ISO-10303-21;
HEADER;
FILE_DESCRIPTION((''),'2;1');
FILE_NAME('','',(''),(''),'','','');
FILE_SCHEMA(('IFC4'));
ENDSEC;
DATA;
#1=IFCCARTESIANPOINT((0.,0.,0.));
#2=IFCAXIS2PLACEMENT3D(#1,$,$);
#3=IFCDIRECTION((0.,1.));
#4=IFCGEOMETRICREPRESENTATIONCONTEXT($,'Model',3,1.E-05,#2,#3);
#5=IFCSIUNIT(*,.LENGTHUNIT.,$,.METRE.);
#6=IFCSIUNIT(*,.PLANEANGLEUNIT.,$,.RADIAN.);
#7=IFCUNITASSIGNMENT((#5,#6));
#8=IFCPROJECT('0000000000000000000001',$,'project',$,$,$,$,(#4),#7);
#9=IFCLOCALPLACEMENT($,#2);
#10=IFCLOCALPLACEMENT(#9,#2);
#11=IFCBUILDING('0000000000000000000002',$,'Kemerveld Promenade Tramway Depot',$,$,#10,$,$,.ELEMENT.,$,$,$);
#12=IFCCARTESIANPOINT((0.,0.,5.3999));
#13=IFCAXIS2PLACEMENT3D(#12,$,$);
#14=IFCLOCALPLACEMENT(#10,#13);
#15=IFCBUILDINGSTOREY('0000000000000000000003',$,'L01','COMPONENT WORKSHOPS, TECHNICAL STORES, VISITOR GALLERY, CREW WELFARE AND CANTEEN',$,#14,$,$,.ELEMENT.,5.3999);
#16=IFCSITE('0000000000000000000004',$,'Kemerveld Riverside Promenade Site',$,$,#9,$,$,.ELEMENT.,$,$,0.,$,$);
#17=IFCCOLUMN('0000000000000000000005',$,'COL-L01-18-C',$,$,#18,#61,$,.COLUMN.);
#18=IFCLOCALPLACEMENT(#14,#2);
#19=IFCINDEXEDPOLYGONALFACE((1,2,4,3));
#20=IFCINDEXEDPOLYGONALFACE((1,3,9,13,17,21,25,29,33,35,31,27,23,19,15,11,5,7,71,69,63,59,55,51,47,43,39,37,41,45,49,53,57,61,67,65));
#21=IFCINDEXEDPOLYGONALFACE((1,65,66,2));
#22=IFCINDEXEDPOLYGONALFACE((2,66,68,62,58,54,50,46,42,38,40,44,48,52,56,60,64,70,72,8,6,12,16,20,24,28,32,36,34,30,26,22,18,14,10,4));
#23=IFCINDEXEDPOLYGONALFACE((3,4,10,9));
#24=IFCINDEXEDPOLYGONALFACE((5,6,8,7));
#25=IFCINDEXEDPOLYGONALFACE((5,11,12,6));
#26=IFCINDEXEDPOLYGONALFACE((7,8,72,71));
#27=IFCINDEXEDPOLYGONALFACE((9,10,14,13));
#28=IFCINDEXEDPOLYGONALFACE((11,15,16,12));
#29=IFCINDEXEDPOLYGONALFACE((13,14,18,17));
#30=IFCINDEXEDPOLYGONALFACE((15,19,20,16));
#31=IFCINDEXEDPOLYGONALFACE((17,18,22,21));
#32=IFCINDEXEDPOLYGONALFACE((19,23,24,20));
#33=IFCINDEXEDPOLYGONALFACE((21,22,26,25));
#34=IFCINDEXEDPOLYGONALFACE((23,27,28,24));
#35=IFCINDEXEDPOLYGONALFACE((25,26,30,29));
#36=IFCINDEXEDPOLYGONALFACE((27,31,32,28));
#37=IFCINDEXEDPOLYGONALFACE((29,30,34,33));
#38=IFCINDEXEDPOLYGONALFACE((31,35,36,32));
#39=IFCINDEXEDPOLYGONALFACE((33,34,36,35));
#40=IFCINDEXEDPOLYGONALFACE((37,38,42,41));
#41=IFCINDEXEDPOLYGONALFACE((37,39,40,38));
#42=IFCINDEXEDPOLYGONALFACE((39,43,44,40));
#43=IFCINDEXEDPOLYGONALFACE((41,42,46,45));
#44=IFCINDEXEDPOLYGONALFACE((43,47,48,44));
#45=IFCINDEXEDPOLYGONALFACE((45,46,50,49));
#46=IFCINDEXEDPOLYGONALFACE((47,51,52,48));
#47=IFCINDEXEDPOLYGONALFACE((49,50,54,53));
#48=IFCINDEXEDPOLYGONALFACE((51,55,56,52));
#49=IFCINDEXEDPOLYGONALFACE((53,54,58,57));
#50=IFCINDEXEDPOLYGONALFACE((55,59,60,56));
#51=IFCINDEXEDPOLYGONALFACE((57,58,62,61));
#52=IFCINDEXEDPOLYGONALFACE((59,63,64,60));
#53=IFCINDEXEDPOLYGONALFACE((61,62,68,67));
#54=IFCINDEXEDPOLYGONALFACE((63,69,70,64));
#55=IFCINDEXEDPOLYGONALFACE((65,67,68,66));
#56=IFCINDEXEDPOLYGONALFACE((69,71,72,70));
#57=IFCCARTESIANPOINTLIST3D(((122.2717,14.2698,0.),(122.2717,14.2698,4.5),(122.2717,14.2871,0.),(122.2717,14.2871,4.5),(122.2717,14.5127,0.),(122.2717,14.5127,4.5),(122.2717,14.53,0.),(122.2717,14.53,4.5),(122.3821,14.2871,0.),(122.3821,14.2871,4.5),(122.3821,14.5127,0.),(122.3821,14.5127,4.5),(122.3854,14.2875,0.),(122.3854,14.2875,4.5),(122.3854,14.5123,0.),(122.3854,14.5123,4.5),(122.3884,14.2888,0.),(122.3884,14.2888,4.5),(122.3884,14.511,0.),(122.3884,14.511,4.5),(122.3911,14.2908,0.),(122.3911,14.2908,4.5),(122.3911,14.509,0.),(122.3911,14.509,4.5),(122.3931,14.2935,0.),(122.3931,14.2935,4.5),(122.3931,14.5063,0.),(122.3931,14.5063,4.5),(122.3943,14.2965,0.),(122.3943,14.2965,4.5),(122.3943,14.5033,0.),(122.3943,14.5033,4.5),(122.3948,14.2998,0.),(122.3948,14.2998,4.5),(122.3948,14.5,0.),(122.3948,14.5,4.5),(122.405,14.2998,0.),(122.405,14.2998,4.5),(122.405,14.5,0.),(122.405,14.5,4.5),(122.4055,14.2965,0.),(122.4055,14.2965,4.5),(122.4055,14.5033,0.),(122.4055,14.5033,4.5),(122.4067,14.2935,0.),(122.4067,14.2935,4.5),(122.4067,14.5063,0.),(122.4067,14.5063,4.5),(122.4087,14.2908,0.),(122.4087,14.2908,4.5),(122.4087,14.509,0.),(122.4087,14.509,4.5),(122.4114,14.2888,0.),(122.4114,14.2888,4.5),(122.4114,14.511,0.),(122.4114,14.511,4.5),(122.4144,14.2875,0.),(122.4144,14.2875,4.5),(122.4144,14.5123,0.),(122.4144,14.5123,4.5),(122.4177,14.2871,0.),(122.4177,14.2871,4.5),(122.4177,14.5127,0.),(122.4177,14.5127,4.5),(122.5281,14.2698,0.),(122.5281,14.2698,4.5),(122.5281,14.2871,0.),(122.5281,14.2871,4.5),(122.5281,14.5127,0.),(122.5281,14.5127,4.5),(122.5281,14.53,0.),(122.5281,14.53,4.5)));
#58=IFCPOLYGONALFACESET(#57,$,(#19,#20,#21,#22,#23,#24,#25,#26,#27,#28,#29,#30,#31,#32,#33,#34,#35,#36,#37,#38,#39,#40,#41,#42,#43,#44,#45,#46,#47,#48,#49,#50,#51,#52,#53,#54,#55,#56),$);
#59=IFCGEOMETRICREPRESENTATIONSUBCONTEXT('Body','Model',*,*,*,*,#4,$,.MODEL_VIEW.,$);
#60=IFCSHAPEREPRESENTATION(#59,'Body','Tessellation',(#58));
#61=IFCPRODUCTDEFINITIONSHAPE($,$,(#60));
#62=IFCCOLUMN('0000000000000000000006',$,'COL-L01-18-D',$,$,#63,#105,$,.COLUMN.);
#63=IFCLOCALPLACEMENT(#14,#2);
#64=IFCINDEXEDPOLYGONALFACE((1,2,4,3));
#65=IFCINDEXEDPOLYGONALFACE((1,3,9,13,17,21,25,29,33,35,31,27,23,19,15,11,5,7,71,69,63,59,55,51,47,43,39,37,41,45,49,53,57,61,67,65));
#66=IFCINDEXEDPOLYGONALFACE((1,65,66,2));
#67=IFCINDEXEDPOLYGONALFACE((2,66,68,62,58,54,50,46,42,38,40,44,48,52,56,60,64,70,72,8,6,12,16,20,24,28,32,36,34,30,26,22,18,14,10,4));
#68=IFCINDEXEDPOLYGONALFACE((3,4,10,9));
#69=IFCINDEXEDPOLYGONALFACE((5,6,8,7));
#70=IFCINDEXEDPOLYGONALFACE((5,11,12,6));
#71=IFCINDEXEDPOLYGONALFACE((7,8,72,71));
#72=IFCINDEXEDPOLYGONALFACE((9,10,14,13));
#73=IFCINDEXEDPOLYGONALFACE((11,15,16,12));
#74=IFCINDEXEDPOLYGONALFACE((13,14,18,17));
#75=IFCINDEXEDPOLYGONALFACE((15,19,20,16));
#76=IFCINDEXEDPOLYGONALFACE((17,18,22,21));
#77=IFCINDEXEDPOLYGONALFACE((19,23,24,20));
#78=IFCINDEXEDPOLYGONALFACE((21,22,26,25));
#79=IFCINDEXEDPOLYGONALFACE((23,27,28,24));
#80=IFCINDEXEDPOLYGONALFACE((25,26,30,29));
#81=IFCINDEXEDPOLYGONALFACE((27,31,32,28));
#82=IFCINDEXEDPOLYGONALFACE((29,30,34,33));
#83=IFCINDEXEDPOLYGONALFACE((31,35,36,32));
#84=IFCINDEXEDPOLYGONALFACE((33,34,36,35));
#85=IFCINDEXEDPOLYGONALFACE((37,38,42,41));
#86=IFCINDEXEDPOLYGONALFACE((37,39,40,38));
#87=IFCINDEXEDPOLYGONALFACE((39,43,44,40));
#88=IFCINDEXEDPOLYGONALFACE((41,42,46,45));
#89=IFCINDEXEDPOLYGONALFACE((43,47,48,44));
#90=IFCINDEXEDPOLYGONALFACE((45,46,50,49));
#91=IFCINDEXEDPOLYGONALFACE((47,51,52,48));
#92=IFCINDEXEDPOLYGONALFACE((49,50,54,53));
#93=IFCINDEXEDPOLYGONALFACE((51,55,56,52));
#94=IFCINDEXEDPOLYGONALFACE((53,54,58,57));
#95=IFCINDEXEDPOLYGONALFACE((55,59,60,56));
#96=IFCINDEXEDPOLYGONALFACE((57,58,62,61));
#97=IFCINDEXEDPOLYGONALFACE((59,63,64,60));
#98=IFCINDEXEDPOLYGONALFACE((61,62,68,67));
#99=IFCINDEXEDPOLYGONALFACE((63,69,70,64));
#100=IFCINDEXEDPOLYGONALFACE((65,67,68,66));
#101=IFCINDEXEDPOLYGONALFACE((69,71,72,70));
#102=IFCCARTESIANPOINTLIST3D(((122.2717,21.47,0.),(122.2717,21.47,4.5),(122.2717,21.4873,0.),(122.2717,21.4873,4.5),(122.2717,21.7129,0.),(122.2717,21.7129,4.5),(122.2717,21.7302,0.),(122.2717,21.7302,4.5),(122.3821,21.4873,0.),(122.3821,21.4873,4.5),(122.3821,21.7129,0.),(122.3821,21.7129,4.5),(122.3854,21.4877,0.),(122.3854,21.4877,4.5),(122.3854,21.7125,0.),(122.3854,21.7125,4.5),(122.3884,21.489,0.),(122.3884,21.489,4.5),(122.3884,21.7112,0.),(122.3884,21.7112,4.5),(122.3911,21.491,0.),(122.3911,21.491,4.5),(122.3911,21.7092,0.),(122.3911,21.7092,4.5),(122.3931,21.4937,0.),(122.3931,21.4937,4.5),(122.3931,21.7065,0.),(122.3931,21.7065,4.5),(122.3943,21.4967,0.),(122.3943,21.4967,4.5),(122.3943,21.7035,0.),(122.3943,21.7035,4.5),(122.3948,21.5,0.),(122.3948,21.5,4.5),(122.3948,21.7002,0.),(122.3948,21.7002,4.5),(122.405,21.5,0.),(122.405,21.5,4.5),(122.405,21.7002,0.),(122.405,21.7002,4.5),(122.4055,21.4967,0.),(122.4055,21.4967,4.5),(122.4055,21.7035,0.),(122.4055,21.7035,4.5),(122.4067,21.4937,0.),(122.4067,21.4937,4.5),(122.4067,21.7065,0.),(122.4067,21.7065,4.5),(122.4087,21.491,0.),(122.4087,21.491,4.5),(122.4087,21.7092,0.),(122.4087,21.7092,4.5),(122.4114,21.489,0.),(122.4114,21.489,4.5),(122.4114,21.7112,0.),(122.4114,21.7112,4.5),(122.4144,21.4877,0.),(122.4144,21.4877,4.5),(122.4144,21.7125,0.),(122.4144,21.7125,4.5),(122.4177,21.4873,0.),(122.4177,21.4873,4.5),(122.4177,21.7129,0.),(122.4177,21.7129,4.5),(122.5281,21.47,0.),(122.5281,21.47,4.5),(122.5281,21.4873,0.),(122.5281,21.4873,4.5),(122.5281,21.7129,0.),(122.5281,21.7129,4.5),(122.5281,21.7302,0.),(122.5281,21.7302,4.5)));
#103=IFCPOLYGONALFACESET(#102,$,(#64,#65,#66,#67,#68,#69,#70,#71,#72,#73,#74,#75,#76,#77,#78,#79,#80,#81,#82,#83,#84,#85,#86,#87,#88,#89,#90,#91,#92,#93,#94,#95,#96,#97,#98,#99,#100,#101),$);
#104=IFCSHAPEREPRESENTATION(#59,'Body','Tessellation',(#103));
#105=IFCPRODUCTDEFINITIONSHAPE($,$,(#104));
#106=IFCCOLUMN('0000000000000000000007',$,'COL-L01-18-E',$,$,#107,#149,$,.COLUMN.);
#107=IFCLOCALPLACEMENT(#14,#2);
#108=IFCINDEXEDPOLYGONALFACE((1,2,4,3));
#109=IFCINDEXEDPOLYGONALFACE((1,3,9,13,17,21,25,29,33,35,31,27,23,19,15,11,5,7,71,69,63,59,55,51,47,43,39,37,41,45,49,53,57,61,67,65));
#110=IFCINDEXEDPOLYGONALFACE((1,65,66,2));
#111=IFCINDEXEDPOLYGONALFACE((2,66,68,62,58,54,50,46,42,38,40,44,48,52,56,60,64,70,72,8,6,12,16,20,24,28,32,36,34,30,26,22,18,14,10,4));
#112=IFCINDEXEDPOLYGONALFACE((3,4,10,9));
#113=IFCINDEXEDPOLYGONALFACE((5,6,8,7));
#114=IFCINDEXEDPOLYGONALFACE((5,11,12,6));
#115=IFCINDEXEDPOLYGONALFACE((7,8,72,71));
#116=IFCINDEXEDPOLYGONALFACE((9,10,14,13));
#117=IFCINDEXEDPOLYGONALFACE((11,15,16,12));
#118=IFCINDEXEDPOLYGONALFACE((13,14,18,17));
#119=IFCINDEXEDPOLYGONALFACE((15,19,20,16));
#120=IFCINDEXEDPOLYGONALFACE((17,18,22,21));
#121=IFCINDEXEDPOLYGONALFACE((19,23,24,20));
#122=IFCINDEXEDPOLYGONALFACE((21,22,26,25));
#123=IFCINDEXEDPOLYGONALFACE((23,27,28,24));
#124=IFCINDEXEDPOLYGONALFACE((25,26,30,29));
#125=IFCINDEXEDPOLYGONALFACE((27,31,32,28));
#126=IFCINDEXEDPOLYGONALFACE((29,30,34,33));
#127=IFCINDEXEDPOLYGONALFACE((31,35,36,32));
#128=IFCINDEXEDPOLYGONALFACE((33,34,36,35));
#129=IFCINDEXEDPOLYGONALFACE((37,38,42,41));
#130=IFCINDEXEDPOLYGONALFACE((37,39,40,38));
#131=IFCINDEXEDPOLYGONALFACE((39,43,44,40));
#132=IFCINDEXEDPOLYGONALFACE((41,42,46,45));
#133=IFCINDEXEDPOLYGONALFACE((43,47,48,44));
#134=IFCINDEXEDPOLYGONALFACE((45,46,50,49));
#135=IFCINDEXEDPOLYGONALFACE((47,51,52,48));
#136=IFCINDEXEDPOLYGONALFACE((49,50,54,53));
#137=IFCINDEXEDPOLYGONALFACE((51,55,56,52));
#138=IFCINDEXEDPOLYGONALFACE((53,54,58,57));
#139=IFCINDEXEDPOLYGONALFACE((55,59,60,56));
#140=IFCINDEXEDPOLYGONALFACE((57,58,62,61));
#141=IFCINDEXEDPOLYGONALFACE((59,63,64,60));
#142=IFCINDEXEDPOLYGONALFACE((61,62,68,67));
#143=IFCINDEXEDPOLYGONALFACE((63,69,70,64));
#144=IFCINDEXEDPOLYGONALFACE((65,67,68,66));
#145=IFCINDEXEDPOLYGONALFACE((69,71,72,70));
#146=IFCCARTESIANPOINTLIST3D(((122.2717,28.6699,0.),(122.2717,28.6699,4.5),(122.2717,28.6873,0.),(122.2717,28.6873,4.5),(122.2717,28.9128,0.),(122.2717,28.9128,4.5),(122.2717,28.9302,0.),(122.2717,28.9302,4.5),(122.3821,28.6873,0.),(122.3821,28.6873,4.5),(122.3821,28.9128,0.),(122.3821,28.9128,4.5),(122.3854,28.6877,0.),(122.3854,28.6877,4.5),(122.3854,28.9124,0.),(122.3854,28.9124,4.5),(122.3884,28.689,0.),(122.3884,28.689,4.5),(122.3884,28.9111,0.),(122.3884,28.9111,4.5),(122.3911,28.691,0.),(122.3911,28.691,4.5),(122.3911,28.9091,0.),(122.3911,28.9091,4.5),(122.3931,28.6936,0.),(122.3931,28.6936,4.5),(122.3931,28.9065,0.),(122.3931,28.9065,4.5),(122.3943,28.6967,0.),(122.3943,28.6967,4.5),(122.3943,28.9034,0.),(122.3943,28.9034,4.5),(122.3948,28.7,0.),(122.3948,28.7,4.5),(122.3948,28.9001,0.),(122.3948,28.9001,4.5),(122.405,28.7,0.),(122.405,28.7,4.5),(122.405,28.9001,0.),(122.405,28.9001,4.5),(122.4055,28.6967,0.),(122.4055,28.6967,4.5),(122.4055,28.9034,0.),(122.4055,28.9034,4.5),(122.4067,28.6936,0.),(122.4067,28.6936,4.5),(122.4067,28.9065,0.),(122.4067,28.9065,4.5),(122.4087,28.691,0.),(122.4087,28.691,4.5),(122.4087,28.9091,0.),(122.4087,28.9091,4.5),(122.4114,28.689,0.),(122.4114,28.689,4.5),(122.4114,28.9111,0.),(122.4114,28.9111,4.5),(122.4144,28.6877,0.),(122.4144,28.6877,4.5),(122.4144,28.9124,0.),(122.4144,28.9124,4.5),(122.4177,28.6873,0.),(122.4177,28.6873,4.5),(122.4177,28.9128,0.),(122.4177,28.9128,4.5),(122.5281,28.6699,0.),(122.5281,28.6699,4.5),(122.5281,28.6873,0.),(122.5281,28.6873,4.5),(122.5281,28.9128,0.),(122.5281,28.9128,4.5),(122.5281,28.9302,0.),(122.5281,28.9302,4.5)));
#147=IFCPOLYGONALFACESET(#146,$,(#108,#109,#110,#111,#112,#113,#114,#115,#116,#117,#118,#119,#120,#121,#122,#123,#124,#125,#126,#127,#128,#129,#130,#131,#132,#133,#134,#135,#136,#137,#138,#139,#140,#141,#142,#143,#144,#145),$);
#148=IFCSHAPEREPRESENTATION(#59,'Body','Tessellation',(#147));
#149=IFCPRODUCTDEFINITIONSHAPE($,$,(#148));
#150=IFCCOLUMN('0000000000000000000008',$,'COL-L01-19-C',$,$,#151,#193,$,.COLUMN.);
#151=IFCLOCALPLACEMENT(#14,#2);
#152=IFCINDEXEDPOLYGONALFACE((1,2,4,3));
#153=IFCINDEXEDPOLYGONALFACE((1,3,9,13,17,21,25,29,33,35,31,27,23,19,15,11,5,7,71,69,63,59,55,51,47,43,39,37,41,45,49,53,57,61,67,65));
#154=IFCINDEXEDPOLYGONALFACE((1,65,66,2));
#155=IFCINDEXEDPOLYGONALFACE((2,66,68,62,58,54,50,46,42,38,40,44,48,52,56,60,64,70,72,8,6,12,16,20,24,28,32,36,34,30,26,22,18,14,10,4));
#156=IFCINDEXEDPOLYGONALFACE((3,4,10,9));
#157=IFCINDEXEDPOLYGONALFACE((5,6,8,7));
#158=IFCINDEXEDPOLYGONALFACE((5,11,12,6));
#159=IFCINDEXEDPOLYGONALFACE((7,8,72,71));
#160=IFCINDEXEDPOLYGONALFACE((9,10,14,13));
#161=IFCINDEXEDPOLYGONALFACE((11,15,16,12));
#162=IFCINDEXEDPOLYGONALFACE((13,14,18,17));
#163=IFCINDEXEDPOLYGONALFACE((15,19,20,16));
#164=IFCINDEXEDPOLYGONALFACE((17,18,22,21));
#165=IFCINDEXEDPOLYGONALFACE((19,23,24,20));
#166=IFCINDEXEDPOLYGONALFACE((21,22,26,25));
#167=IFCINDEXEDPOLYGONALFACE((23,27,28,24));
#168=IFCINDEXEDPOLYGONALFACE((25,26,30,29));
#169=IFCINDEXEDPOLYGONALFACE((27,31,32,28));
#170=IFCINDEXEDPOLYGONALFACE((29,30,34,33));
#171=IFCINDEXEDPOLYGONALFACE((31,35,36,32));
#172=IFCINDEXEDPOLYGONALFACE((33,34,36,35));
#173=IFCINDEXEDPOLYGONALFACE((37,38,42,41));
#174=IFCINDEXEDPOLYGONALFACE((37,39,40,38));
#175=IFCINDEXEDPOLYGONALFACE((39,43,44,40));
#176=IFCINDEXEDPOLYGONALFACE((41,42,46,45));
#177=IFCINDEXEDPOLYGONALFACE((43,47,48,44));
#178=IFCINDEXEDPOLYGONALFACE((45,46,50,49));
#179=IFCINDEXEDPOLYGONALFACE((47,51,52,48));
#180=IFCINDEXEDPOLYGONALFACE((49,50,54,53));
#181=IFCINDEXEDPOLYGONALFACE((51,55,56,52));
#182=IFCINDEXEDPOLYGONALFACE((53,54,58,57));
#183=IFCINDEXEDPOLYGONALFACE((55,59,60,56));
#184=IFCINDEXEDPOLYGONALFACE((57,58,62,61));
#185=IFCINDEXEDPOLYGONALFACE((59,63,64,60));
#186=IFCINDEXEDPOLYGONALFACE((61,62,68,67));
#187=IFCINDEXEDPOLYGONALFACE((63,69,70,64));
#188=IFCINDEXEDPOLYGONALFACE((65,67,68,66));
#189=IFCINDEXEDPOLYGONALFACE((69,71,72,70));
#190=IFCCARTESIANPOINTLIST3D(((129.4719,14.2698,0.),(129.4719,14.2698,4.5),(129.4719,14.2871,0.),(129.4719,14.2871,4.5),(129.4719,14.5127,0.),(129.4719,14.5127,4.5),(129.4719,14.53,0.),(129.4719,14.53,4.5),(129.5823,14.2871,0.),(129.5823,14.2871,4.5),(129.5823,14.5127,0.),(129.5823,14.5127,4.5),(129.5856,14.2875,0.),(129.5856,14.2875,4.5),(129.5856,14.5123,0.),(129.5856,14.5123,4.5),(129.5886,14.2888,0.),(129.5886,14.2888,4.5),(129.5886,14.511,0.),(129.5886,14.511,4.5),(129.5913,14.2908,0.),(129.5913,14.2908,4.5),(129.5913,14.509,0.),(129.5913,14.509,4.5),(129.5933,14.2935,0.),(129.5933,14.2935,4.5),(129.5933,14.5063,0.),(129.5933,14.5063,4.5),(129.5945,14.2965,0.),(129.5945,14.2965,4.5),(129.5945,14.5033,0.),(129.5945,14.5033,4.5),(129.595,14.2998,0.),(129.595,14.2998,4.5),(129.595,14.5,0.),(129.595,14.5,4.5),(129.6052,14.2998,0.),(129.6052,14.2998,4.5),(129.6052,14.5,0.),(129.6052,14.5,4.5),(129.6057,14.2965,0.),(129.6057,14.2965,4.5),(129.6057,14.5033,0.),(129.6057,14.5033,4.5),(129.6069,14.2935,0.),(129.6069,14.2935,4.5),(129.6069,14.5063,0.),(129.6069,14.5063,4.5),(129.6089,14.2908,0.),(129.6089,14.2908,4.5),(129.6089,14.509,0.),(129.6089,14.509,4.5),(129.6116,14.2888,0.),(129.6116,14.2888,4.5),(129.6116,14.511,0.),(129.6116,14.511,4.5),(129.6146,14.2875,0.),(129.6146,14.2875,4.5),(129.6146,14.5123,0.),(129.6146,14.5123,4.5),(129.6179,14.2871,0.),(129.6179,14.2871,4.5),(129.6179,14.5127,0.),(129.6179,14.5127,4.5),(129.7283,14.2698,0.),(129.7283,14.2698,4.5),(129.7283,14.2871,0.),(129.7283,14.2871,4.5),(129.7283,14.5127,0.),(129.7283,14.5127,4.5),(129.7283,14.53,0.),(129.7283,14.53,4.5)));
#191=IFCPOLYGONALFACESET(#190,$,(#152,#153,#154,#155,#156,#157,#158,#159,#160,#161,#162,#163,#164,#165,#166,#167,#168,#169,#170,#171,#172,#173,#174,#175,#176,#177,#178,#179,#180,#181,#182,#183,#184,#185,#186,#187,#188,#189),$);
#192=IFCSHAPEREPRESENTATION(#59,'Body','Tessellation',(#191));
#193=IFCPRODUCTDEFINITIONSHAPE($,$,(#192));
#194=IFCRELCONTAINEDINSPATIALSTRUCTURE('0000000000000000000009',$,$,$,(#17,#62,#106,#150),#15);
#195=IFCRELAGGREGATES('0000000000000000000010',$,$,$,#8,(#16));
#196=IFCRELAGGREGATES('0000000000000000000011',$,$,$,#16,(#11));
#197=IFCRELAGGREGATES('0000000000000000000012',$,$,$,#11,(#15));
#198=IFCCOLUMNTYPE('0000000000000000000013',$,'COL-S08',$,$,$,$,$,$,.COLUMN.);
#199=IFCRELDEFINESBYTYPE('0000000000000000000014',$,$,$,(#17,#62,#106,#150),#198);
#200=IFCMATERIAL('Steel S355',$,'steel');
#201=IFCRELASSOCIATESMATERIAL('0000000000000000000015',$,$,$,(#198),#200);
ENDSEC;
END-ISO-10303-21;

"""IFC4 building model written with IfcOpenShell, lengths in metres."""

from ifc_helpers import new_model, si_unit, direction, frame, origin, origin_2d, place, context, subcontext, project, spatial, i_section, extrude, material, material_profile, profile_set, type_object, element, save


model = new_model("IFC4")

# Units and contexts
model_context = context("Model", 3, precision=1e-05, world=origin(), true_north=direction((0.0, 1.0)))
body_context = subcontext(model_context, "Body", "Model", "MODEL_VIEW")
ifc_project = project(units=[si_unit("LENGTHUNIT", "METRE"), si_unit("PLANEANGLEUNIT", "RADIAN")], contexts=[model_context])

# Site, building, storey
site_placement = place(None, origin())
site = spatial("IfcSite", under=ifc_project, at=site_placement, Name="Kemerveld Riverside Promenade Site", CompositionType="ELEMENT", RefElevation=0.0)
building_placement = place(site_placement, origin())
building = spatial("IfcBuilding", under=site, at=building_placement, Name="Kemerveld Promenade Tramway Depot", CompositionType="ELEMENT")
storey_placement = place(building_placement, frame((0.0, 0.0, 5.3999)))
storey = spatial("IfcBuildingStorey", under=building, at=storey_placement, Name="L01", Description="COMPONENT WORKSHOPS, TECHNICAL STORES, VISITOR GALLERY, CREW WELFARE AND CANTEEN", CompositionType="ELEMENT", Elevation=5.3999)

# Columns
ifc_material_1 = material(Name="Steel S355", Category="steel")
ifc_material_profile_1 = material_profile(ifc_material_1, i_section(OverallWidth=0.2563, OverallDepth=0.2603, WebThickness=0.0103, FlangeThickness=0.0173, FilletRadius=0.0127, at=origin_2d()), Name="254x254x89 UC")
ifc_profile_set_1 = profile_set([ifc_material_profile_1], Name="Steel S355")
column_type = type_object("IfcColumnType", Name="COL-S08", PredefinedType="COLUMN", material=ifc_profile_set_1)
for number, where, z_axis, x_axis, name in (
    (1, (122.3999, 14.3999, 0.0), (0.0, 0.0, 1.0), (1.0, 0.0, 0.0), "COL-L01-18-C"),
    (2, (122.3999, 21.6001, 0.0), (0.0, 0.0, 1.0), (1.0, 0.0, 0.0), "COL-L01-18-D"),
    (3, (122.3999, 28.8, 0.0), (0.0, 0.0, 1.0), (1.0, 0.0, 0.0), "COL-L01-18-E"),
    (4, (129.6001, 14.3999, 0.0), (0.0, 0.0, 1.0), (1.0, 0.0, 0.0), "COL-L01-19-C"),
):
    element("IfcColumn", number, at=place(storey_placement, frame(where, z_axis=z_axis, x_axis=x_axis)), inside=storey, type_object=column_type, Name=name, PredefinedType="COLUMN", context=body_context, shape_type="SweptSolid", body=[
        extrude(i_section(OverallWidth=0.2563, OverallDepth=0.2603, WebThickness=0.0103, FlangeThickness=0.0173, FilletRadius=0.0127, at=origin_2d()), origin(), (0.0, 0.0, 1.0), 4.5),
    ])

save(model, "model.ifc")
